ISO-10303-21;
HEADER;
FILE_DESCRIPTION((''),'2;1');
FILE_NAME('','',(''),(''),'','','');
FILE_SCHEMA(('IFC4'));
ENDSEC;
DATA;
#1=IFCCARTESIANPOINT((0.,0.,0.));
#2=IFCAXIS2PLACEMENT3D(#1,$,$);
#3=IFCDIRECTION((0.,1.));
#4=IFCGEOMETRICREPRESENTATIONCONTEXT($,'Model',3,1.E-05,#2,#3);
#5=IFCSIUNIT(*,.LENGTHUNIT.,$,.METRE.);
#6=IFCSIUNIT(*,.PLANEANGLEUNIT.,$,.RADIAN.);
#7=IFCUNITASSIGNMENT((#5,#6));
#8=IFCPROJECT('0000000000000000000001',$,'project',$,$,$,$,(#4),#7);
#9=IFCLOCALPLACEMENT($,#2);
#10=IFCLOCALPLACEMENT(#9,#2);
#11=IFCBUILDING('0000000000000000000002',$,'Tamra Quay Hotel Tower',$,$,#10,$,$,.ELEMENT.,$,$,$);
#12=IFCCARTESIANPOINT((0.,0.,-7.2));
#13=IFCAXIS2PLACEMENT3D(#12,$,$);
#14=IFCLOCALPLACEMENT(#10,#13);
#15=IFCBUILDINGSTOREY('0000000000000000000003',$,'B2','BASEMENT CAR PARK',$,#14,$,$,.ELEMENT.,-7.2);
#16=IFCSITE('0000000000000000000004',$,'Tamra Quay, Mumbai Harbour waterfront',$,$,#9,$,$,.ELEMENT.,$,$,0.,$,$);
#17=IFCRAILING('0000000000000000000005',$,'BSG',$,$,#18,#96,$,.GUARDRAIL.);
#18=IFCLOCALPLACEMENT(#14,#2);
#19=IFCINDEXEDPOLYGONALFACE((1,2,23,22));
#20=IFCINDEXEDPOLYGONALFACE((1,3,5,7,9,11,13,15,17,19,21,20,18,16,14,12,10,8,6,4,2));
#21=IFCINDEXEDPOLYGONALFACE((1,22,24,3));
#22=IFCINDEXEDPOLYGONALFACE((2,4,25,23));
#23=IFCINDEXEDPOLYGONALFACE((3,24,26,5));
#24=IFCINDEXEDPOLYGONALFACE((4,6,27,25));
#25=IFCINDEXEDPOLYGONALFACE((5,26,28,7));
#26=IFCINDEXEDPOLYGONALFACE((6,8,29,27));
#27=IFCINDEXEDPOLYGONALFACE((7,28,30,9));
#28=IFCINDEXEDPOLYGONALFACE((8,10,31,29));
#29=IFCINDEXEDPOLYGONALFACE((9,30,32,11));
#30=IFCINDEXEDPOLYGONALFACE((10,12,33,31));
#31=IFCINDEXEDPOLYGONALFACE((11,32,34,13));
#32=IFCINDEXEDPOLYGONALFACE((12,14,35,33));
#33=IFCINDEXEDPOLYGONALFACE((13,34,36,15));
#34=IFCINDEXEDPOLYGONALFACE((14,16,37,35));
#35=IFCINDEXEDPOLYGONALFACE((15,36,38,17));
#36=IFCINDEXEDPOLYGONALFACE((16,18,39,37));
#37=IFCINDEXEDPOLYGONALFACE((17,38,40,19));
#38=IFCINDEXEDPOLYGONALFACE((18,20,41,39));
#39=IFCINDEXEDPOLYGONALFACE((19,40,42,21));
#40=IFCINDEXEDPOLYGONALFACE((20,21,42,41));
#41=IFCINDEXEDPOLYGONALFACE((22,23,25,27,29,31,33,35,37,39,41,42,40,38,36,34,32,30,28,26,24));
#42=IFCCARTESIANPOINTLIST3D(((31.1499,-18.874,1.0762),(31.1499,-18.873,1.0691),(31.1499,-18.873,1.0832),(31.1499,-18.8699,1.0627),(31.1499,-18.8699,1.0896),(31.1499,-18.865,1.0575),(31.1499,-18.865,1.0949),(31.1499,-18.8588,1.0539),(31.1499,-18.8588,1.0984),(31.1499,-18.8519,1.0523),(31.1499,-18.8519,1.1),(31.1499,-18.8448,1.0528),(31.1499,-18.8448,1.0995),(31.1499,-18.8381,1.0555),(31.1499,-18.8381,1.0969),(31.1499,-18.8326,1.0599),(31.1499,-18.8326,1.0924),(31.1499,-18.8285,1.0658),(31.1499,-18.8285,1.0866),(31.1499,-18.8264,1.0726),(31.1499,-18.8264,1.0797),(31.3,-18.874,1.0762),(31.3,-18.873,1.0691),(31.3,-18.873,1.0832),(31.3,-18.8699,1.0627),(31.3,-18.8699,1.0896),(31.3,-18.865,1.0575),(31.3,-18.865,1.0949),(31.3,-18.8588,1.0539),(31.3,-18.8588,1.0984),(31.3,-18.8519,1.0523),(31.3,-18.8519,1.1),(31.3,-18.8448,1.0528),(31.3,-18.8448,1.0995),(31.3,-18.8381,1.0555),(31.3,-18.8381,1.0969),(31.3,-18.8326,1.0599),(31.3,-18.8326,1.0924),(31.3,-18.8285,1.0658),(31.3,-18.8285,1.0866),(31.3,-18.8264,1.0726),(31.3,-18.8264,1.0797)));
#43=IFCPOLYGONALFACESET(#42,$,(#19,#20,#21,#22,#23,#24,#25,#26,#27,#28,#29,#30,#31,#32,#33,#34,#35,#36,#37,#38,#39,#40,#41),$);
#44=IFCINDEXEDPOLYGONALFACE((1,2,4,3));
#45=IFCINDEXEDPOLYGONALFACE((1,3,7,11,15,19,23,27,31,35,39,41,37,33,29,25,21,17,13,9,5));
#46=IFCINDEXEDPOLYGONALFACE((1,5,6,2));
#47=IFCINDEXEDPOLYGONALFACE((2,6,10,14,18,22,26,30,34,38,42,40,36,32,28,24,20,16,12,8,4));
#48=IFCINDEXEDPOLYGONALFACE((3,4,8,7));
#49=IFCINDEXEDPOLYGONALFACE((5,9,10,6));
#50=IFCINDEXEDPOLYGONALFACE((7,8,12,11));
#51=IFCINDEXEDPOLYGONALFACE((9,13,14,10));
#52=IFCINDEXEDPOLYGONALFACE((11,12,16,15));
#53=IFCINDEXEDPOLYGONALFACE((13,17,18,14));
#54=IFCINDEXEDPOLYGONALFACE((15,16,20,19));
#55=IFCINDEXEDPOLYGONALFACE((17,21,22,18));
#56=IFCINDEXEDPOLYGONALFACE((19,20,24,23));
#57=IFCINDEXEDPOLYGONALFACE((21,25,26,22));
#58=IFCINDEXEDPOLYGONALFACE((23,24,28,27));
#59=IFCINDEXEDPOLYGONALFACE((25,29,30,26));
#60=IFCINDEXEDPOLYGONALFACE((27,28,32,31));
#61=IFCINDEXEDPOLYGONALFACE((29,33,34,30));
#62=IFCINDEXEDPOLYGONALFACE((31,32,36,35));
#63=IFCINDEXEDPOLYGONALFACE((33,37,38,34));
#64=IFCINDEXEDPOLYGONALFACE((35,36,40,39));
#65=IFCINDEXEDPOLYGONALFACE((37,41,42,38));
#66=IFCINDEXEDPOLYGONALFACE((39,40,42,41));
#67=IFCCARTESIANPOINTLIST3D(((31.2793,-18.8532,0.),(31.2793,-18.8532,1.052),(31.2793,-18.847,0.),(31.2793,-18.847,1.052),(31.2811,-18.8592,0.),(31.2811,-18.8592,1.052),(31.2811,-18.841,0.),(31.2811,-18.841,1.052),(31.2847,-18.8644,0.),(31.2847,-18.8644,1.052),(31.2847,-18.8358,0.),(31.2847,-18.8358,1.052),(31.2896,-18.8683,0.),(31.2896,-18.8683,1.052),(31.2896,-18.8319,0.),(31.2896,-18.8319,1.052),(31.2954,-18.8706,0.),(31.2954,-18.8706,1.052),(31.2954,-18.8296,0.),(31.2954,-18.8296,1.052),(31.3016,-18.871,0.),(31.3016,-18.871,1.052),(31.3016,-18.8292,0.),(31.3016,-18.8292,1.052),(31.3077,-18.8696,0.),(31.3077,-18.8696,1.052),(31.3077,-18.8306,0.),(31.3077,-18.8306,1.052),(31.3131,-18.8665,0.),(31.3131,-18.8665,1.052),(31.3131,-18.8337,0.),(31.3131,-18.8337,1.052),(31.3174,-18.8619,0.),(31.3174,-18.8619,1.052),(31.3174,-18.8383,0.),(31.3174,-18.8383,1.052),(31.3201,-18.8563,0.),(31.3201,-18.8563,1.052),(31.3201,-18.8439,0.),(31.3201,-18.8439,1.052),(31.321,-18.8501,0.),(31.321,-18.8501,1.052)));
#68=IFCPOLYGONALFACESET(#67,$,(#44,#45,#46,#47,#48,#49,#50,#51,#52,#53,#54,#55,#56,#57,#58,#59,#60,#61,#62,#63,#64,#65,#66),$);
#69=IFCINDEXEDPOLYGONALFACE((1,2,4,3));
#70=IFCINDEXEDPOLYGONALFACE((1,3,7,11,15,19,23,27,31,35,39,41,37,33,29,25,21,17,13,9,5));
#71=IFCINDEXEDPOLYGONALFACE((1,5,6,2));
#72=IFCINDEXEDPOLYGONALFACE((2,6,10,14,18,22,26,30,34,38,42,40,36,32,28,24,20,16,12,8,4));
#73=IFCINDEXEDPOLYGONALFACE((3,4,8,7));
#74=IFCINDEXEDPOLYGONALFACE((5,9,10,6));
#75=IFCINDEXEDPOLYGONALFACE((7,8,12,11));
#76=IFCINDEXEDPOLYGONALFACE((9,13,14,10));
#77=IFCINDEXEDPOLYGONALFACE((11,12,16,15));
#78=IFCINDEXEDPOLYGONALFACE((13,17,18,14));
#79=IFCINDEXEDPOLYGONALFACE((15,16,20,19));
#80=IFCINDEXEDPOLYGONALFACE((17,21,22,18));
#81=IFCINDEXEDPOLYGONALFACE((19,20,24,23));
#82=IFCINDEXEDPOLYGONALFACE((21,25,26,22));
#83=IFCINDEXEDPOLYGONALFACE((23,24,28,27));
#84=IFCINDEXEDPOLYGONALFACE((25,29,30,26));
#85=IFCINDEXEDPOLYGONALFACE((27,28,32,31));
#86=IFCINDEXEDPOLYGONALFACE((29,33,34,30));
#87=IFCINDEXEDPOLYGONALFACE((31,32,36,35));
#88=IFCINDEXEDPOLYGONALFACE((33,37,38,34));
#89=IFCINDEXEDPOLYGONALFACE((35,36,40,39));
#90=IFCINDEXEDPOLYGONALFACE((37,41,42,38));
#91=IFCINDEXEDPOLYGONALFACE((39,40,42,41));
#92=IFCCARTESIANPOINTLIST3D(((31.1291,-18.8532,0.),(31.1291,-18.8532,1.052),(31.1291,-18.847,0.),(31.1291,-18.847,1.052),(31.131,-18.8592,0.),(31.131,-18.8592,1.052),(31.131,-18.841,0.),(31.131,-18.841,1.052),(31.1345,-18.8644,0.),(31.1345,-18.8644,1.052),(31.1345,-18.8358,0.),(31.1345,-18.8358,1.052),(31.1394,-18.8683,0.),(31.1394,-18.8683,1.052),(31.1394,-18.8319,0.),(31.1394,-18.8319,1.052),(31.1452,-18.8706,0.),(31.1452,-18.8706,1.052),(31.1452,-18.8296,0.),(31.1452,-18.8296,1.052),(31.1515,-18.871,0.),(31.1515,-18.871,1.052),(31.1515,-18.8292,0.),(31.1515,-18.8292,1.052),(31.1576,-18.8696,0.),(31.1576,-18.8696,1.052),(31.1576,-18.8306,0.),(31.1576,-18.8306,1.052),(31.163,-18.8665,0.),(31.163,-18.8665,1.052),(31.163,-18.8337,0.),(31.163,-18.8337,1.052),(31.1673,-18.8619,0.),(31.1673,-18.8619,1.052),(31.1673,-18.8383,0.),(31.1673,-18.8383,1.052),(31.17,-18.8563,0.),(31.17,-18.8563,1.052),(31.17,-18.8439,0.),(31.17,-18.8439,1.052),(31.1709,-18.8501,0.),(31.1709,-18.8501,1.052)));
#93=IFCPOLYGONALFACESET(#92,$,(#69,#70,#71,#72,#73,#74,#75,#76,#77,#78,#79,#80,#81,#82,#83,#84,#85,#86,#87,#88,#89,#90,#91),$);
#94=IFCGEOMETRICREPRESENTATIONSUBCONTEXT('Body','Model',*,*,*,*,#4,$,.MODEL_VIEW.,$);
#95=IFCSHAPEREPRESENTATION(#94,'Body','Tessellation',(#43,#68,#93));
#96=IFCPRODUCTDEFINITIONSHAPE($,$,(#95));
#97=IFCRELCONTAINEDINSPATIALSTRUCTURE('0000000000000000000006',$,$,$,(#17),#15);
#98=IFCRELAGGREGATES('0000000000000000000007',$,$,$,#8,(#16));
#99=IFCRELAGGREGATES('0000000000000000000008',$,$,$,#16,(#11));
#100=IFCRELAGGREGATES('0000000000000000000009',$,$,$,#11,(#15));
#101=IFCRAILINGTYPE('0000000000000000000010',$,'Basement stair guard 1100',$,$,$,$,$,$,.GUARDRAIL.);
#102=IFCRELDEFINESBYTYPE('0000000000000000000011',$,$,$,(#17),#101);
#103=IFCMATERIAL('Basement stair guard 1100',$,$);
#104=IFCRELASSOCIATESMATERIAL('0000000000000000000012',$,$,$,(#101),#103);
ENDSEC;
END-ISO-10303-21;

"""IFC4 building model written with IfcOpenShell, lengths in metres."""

from ifc_helpers import new_model, si_unit, direction, frame, origin, origin_2d, place, context, subcontext, project, spatial, circle, extrude, material, type_object, element, save


model = new_model("IFC4")

# Units and contexts
model_context = context("Model", 3, precision=1e-05, world=origin(), true_north=direction((0.0, 1.0)))
body_context = subcontext(model_context, "Body", "Model", "MODEL_VIEW")
ifc_project = project(units=[si_unit("LENGTHUNIT", "METRE"), si_unit("PLANEANGLEUNIT", "RADIAN")], contexts=[model_context])

# Site, building, storey
site_placement = place(None, origin())
site = spatial("IfcSite", under=ifc_project, at=site_placement, Name="Tamra Quay, Mumbai Harbour waterfront", CompositionType="ELEMENT", RefElevation=0.0)
building_placement = place(site_placement, origin())
building = spatial("IfcBuilding", under=site, at=building_placement, Name="Tamra Quay Hotel Tower", CompositionType="ELEMENT")
storey_placement = place(building_placement, frame((0.0, 0.0, -7.2)))
storey = spatial("IfcBuildingStorey", under=building, at=storey_placement, Name="B2", Description="BASEMENT CAR PARK", CompositionType="ELEMENT", Elevation=-7.2)

# Railing
ifc_material_1 = material(Name="Basement stair guard 1100")
railing_type_1 = type_object("IfcRailingType", Name="Basement stair guard 1100", PredefinedType="GUARDRAIL", material=ifc_material_1)
railing_1_placement = place(storey_placement, frame((31.3, -18.8501, 0.0)))
element("IfcRailing", 1, at=railing_1_placement, inside=storey, type_object=railing_type_1, Name="BSG", PredefinedType="GUARDRAIL", context=body_context, shape_type="SweptSolid", body=[
    extrude(circle(Radius=0.0239, at=origin_2d()), frame((0.0, 0.0, 1.0762), z_axis=(-1.0, 0.0, 0.0), x_axis=(0.0, -1.0, 0.0)), (0.0, 0.0, 1.0), 0.1501),
    extrude(circle(Radius=0.021, at=origin_2d()), origin(), (0.0, 0.0, 1.0), 1.052),
    extrude(circle(Radius=0.021, at=origin_2d()), frame((-0.1501, 0.0, 0.0)), (0.0, 0.0, 1.0), 1.052),
])

save(model, "model.ifc")
